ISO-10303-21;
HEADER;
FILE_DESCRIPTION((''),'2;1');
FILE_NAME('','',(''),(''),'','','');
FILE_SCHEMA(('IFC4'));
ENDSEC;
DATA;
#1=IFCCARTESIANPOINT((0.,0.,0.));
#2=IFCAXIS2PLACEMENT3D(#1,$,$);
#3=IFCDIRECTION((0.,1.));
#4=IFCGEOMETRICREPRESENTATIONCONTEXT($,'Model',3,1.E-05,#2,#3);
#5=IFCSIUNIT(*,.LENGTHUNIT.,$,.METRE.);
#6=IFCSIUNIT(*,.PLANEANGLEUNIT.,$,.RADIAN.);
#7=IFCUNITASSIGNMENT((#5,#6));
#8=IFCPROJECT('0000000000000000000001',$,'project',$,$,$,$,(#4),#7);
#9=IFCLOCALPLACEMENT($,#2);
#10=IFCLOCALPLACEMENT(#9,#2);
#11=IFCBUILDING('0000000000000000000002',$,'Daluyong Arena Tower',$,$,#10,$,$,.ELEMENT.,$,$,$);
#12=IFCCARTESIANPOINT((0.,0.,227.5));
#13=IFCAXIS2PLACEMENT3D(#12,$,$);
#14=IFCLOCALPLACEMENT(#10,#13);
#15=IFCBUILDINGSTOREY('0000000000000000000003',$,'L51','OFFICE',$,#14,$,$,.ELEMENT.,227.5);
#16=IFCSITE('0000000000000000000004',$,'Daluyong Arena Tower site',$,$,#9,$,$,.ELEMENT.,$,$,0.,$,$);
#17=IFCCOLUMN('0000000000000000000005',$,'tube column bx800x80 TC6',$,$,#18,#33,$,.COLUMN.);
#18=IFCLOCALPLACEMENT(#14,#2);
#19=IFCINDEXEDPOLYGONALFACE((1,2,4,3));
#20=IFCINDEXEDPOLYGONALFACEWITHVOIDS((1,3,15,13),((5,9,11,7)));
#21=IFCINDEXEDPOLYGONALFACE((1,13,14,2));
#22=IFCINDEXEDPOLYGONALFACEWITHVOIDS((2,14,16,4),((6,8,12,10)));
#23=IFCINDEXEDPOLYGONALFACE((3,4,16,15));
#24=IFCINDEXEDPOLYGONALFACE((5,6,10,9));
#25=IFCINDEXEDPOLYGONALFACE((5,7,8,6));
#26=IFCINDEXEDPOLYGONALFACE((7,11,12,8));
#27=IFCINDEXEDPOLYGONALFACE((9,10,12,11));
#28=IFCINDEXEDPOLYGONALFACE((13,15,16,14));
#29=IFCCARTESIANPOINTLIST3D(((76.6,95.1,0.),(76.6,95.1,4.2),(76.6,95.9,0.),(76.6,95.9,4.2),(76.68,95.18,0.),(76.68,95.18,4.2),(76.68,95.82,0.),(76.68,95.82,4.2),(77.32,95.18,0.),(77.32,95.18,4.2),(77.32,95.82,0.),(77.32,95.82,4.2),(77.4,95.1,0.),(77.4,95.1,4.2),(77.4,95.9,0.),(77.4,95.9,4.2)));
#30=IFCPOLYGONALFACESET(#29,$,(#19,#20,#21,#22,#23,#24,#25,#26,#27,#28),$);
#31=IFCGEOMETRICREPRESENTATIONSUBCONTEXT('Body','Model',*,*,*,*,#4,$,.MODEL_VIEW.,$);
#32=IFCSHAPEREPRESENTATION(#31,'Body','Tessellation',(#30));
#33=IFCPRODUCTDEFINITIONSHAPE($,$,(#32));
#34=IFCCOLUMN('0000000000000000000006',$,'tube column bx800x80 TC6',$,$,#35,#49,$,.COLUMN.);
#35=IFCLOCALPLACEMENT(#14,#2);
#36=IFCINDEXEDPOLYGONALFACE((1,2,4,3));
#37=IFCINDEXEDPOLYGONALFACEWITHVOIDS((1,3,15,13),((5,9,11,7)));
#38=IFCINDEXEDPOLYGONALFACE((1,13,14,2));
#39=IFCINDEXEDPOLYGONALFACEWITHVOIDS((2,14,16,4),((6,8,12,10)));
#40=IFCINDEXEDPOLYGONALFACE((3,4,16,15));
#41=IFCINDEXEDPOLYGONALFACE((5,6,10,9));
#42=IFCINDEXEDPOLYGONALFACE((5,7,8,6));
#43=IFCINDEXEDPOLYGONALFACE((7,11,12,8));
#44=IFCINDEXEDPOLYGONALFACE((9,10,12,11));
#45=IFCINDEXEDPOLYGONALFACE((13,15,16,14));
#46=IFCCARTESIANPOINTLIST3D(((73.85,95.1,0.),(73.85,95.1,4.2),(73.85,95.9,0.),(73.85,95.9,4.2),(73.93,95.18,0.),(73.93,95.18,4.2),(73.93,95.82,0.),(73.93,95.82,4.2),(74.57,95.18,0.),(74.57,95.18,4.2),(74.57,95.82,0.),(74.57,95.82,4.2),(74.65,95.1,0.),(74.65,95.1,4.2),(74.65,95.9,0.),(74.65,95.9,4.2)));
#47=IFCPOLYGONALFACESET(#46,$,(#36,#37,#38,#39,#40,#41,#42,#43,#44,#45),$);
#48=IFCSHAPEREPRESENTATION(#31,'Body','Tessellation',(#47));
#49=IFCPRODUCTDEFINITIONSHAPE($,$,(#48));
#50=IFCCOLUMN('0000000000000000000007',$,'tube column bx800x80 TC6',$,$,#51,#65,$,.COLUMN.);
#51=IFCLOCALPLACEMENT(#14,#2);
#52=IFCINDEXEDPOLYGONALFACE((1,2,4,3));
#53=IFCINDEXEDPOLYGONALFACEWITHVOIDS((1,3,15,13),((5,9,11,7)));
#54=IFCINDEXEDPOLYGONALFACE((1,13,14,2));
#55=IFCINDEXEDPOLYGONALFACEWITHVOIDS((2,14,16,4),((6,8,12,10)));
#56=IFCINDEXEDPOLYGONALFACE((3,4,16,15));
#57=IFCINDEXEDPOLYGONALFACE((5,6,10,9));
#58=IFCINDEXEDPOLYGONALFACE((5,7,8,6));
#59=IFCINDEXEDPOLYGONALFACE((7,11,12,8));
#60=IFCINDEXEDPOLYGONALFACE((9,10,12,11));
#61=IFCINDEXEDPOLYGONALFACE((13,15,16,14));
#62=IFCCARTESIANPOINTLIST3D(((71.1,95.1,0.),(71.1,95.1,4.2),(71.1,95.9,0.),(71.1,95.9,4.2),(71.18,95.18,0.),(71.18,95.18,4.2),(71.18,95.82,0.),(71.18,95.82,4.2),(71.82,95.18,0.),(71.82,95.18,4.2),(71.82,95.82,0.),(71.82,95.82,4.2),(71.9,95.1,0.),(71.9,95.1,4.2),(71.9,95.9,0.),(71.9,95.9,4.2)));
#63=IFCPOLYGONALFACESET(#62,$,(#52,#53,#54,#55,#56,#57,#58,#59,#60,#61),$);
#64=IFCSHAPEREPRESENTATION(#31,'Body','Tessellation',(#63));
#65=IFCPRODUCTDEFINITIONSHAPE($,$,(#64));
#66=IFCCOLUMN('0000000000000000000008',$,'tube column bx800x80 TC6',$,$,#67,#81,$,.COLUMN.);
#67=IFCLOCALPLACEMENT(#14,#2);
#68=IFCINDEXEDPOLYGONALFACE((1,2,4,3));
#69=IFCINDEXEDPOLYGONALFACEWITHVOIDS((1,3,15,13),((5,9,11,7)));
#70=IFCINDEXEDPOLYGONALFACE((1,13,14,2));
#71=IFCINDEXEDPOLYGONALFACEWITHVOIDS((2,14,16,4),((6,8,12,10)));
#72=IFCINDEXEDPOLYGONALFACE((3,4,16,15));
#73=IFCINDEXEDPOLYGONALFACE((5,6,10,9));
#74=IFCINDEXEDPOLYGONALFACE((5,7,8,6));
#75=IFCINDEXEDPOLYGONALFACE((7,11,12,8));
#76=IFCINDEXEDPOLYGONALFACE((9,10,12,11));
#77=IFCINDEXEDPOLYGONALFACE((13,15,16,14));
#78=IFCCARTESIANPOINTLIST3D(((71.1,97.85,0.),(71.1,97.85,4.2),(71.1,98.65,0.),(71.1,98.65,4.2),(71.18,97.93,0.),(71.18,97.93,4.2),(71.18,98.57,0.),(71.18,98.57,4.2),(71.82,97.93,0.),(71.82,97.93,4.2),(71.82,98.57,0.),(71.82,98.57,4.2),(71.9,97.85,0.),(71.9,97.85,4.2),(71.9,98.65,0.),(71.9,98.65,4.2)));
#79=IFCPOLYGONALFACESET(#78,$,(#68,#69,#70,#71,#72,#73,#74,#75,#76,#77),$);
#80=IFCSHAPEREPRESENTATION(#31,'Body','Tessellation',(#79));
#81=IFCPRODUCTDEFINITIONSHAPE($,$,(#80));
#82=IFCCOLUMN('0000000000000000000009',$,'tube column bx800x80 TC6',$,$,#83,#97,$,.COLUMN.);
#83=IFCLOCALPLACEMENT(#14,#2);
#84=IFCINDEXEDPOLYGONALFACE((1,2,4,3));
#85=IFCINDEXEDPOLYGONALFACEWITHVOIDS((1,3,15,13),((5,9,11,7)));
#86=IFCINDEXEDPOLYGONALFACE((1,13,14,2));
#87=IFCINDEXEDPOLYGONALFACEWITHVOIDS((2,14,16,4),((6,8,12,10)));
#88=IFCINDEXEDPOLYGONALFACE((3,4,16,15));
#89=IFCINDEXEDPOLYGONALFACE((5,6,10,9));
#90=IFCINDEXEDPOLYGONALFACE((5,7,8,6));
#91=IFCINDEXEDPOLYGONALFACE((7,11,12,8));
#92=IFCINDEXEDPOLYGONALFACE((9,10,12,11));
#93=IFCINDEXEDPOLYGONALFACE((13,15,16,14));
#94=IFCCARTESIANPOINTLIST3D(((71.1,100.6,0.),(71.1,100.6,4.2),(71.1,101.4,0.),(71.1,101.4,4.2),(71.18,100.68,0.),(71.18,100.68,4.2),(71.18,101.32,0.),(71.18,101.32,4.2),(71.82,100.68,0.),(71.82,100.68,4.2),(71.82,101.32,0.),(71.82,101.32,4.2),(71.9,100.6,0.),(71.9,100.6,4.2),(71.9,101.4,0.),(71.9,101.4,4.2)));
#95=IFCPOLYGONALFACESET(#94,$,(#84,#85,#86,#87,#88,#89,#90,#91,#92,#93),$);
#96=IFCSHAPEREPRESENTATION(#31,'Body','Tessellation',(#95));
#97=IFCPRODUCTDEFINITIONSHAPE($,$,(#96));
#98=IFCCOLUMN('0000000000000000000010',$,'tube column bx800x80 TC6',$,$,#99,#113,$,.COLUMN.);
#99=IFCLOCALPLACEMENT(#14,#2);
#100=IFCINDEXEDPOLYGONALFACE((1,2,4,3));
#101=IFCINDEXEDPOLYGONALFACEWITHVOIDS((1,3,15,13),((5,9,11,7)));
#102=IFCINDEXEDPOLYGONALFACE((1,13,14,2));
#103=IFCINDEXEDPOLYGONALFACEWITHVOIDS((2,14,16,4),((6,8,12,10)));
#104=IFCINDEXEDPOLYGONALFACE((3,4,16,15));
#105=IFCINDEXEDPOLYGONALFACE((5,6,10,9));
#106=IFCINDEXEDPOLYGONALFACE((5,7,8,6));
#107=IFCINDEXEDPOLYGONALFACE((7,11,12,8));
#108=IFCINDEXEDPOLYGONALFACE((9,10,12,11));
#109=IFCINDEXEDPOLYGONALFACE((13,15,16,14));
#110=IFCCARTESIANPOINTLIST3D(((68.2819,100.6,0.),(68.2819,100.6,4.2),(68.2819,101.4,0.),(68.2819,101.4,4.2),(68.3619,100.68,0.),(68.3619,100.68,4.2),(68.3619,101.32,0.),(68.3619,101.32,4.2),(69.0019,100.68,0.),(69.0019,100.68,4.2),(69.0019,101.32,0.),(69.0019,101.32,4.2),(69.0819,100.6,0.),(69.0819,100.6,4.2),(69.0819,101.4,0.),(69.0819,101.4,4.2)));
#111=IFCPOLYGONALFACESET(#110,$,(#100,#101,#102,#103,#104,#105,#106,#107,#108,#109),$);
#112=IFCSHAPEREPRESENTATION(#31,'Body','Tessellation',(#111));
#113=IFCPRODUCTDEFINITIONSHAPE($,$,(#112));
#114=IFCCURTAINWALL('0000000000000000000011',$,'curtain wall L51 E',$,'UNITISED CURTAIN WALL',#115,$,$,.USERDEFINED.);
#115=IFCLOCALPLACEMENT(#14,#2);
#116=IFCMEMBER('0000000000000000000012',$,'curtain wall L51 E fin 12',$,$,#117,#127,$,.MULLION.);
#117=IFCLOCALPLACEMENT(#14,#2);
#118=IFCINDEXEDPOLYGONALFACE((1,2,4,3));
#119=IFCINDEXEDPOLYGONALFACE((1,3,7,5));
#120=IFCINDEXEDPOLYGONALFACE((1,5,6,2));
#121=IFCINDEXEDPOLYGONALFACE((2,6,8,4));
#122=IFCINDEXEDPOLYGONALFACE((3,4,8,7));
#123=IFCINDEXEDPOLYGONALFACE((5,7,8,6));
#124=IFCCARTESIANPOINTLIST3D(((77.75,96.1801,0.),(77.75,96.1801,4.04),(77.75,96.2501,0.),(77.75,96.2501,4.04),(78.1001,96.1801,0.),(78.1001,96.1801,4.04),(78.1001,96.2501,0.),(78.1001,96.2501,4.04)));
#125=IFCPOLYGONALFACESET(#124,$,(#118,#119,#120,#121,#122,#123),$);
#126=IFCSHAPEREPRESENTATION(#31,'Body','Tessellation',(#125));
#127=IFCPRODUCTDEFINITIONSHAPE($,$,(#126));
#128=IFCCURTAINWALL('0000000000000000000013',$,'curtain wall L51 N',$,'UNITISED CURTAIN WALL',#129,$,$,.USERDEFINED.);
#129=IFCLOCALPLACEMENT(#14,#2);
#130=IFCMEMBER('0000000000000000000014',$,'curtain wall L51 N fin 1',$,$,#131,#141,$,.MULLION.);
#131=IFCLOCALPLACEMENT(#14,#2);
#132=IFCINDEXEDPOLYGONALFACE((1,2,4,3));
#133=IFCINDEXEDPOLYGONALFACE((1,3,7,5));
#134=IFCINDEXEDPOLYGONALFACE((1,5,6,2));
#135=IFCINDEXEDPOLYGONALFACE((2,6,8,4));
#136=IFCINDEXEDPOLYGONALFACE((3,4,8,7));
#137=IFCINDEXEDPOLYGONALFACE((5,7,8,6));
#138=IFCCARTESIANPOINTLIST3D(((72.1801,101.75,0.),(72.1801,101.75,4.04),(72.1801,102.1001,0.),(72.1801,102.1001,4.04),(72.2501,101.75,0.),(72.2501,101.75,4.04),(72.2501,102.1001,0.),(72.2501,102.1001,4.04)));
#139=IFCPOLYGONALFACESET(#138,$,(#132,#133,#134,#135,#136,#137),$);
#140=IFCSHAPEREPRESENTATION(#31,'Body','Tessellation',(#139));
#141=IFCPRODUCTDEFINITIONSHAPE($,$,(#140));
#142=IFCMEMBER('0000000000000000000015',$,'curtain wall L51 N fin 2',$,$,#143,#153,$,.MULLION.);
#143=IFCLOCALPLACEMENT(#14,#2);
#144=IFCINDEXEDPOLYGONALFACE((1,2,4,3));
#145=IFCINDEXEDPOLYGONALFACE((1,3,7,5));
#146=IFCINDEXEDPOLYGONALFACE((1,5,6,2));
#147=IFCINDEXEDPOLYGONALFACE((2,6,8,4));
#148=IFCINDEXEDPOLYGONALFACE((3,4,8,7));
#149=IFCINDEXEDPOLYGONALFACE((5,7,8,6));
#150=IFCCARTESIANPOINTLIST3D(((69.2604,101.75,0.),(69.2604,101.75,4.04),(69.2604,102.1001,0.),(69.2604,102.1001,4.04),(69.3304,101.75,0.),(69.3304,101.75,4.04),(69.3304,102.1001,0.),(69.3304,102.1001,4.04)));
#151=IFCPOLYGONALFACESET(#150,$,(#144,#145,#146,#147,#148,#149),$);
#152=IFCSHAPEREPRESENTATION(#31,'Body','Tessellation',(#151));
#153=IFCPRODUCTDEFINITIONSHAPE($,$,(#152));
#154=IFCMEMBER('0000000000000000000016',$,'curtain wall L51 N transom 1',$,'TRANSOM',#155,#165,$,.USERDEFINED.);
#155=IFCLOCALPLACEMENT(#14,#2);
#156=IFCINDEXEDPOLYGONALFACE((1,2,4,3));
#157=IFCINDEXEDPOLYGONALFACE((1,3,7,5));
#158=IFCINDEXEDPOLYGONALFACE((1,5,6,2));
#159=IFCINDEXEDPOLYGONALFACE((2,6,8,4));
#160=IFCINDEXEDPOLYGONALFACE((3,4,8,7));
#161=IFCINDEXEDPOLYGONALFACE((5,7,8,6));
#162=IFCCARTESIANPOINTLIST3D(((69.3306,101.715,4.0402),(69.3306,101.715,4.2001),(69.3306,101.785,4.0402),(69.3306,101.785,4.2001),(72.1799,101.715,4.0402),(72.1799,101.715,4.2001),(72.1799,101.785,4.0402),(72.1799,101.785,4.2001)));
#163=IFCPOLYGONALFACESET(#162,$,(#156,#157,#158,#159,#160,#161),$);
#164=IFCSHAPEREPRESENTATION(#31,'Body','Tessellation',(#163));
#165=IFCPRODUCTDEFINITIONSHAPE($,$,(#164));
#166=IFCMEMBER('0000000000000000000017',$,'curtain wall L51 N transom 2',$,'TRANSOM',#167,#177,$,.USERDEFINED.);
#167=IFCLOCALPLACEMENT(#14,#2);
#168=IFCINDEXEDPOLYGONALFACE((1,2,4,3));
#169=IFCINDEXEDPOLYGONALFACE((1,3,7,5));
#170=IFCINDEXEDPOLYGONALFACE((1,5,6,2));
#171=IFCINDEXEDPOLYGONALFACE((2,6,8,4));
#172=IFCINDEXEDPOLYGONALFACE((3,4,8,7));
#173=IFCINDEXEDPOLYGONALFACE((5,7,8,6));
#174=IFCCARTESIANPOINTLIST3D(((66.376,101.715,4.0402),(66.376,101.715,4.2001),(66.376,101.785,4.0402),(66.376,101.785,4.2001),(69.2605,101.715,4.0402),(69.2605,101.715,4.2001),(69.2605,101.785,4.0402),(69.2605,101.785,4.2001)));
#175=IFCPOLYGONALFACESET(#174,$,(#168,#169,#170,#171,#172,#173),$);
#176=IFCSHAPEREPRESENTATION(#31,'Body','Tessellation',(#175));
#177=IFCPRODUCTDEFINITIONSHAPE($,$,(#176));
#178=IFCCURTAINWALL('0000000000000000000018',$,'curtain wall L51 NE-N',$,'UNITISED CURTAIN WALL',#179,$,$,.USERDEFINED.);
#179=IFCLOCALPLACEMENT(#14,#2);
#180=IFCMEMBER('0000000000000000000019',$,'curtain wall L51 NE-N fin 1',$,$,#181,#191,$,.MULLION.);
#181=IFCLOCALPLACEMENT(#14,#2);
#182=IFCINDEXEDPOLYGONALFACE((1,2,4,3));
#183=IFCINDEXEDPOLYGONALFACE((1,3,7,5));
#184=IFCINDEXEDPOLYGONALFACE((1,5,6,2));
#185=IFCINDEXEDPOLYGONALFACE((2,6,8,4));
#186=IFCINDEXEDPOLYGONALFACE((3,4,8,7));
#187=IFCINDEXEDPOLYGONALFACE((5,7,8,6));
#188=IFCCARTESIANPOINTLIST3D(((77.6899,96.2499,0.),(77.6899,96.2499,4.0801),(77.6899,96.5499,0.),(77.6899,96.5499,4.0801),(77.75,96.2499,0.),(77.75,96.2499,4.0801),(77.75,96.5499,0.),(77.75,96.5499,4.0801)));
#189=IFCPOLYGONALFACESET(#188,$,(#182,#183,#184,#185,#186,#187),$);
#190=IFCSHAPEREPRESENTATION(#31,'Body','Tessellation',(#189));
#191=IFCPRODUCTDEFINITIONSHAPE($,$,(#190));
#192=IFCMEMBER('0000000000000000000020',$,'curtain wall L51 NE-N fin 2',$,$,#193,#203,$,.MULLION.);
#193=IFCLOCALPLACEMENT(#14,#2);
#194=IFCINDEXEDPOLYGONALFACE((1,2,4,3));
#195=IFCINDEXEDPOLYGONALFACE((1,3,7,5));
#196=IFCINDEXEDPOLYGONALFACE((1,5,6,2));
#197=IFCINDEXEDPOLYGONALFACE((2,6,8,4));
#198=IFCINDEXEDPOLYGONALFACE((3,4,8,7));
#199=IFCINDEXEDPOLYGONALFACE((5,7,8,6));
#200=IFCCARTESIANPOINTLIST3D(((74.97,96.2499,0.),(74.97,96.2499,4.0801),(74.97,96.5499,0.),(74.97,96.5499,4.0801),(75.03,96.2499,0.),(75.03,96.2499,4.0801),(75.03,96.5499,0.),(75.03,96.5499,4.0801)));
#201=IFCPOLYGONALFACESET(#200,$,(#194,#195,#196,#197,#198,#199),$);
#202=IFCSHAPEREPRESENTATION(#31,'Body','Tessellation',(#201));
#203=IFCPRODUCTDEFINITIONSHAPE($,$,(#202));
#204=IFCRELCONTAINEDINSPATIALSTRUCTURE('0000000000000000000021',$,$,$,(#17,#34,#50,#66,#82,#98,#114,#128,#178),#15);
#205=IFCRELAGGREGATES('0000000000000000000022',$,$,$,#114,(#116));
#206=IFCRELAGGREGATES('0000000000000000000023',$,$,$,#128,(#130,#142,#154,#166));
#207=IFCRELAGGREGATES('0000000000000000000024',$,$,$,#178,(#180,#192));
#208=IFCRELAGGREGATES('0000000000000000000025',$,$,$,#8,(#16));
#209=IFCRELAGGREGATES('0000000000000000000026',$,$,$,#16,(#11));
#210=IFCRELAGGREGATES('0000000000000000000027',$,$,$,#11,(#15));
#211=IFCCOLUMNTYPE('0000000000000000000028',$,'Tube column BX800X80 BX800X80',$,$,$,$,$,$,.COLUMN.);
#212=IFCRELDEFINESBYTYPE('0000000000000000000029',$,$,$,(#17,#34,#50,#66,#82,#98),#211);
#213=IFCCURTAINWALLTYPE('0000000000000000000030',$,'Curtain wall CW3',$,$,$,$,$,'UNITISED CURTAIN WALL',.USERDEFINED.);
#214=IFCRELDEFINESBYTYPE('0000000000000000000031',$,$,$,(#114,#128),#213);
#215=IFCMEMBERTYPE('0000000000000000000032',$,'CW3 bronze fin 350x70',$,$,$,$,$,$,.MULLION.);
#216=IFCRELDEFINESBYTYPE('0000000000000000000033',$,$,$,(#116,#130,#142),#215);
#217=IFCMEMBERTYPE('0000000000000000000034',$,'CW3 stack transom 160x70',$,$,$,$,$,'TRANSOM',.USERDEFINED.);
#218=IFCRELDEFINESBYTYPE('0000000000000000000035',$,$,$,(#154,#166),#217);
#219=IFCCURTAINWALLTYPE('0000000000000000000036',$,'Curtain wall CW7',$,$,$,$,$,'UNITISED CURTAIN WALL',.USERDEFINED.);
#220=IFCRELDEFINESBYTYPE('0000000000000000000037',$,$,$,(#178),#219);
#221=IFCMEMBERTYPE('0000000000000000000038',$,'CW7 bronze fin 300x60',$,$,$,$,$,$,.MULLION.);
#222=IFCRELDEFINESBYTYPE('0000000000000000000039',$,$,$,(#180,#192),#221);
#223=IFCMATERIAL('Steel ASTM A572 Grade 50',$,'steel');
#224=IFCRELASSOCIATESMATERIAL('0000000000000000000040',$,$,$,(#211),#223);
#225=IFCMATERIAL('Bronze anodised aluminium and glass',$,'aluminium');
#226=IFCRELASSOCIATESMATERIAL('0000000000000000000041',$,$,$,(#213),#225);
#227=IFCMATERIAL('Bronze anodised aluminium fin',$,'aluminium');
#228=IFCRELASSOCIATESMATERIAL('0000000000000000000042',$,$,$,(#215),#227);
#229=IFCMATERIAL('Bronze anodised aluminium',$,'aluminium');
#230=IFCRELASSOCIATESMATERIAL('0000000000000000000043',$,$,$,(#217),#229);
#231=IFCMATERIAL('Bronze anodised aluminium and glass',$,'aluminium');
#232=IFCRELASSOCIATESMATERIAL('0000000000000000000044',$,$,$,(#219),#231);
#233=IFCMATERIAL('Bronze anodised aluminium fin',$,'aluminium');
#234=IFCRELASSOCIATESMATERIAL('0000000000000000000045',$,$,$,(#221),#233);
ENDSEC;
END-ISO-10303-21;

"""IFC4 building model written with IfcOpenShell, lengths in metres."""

from ifc_helpers import new_model, si_unit, direction, frame, origin, origin_2d, place, context, subcontext, project, spatial, rectangle, hollow_rectangle, extrude, material, material_profile, profile_set, type_object, element, aggregate, save


model = new_model("IFC4")

# Units and contexts
model_context = context("Model", 3, precision=1e-05, world=origin(), true_north=direction((0.0, 1.0)))
body_context = subcontext(model_context, "Body", "Model", "MODEL_VIEW")
ifc_project = project(units=[si_unit("LENGTHUNIT", "METRE"), si_unit("PLANEANGLEUNIT", "RADIAN")], contexts=[model_context])

# Site, building, storey
site_placement = place(None, origin())
site = spatial("IfcSite", under=ifc_project, at=site_placement, Name="Daluyong Arena Tower site", CompositionType="ELEMENT", RefElevation=0.0)
building_placement = place(site_placement, origin())
building = spatial("IfcBuilding", under=site, at=building_placement, Name="Daluyong Arena Tower", CompositionType="ELEMENT")
storey_placement = place(building_placement, frame((0.0, 0.0, 227.5)))
storey = spatial("IfcBuildingStorey", under=building, at=storey_placement, Name="L51", Description="OFFICE", CompositionType="ELEMENT", Elevation=227.5)

# Columns
ifc_material_1 = material(Name="Steel ASTM A572 Grade 50", Category="steel")
ifc_material_profile_1 = material_profile(ifc_material_1, hollow_rectangle(XDim=0.8, YDim=0.8, WallThickness=0.08, at=origin_2d()))
ifc_profile_set_1 = profile_set([ifc_material_profile_1], Name="Steel ASTM A572 Grade 50")
column_type = type_object("IfcColumnType", Name="Tube column BX800X80 BX800X80", PredefinedType="COLUMN", material=ifc_profile_set_1)
for number, where, z_axis, x_axis, name in (
    (1, (77.0, 95.5, 0.0), (0.0, 0.0, 1.0), (1.0, 0.0, 0.0), "tube column bx800x80 TC6"),
    (2, (74.25, 95.5, 0.0), (0.0, 0.0, 1.0), (1.0, 0.0, 0.0), "tube column bx800x80 TC6"),
    (3, (71.5, 95.5, 0.0), (0.0, 0.0, 1.0), (0.0, 1.0, 0.0), "tube column bx800x80 TC6"),
    (4, (71.5, 98.25, 0.0), (0.0, 0.0, 1.0), (0.0, 1.0, 0.0), "tube column bx800x80 TC6"),
    (5, (71.5, 101.0, 0.0), (0.0, 0.0, 1.0), (1.0, 0.0, 0.0), "tube column bx800x80 TC6"),
    (6, (68.6819, 101.0, 0.0), (0.0, 0.0, 1.0), (1.0, 0.0, 0.0), "tube column bx800x80 TC6"),
):
    element("IfcColumn", number, at=place(storey_placement, frame(where, z_axis=z_axis, x_axis=x_axis)), inside=storey, type_object=column_type, Name=name, PredefinedType="COLUMN", context=body_context, shape_type="SweptSolid", body=[
        extrude(hollow_rectangle(XDim=0.8, YDim=0.8, WallThickness=0.08, at=origin_2d()), origin(), (0.0, 0.0, 1.0), 4.2),
    ])

# Curtain wall, member
ifc_material_2 = material(Name="Bronze anodised aluminium and glass", Category="aluminium")
curtain_wall_type_1 = type_object("IfcCurtainWallType", Name="Curtain wall CW3", ElementType="UNITISED CURTAIN WALL", PredefinedType="USERDEFINED", material=ifc_material_2)
curtain_wall_1_placement = place(storey_placement, origin())
curtain_wall_1 = element("IfcCurtainWall", 7, at=curtain_wall_1_placement, inside=storey, type_object=curtain_wall_type_1, Name="curtain wall L51 E", ObjectType="UNITISED CURTAIN WALL", PredefinedType="USERDEFINED")
ifc_material_3 = material(Name="Bronze anodised aluminium fin", Category="aluminium")
ifc_material_profile_2 = material_profile(ifc_material_3, rectangle(XDim=0.3501, YDim=0.0701, at=origin_2d()))
ifc_profile_set_2 = profile_set([ifc_material_profile_2], Name="Bronze anodised aluminium fin")
member_type_1 = type_object("IfcMemberType", Name="CW3 bronze fin 350x70", PredefinedType="MULLION", material=ifc_profile_set_2)
member_1_placement = place(storey_placement, frame((77.925, 96.2151, 0.0), z_axis=(0.0, 0.0, 1.0), x_axis=(-1.0, 0.0, 0.0)))
member_1 = element("IfcMember", 8, at=member_1_placement, type_object=member_type_1, Name="curtain wall L51 E fin 12", PredefinedType="MULLION", context=body_context, shape_type="SweptSolid", body=[
    extrude(rectangle(XDim=0.3501, YDim=0.0701, at=origin_2d()), origin(), (0.0, 0.0, 1.0), 4.04),
])
aggregate(curtain_wall_1, [member_1])

# Curtain walls, members
curtain_wall_2_placement = place(storey_placement, origin())
curtain_wall_2 = element("IfcCurtainWall", 9, at=curtain_wall_2_placement, inside=storey, type_object=curtain_wall_type_1, Name="curtain wall L51 N", ObjectType="UNITISED CURTAIN WALL", PredefinedType="USERDEFINED")
member_2_placement = place(storey_placement, frame((72.2151, 101.925, 0.0), z_axis=(0.0, 0.0, 1.0), x_axis=(0.0, -1.0, 0.0)))
member_2 = element("IfcMember", 10, at=member_2_placement, type_object=member_type_1, Name="curtain wall L51 N fin 1", PredefinedType="MULLION", context=body_context, shape_type="SweptSolid", body=[
    extrude(rectangle(XDim=0.3501, YDim=0.0701, at=origin_2d()), origin(), (0.0, 0.0, 1.0), 4.04),
])
member_3_placement = place(storey_placement, frame((69.2954, 101.925, 0.0), z_axis=(0.0, 0.0, 1.0), x_axis=(0.0, -1.0, 0.0)))
member_3 = element("IfcMember", 11, at=member_3_placement, type_object=member_type_1, Name="curtain wall L51 N fin 2", PredefinedType="MULLION", context=body_context, shape_type="SweptSolid", body=[
    extrude(rectangle(XDim=0.3501, YDim=0.0701, at=origin_2d()), origin(), (0.0, 0.0, 1.0), 4.04),
])
ifc_material_4 = material(Name="Bronze anodised aluminium", Category="aluminium")
ifc_material_profile_3 = material_profile(ifc_material_4, rectangle(XDim=0.0701, YDim=0.1599, at=origin_2d()))
ifc_profile_set_3 = profile_set([ifc_material_profile_3], Name="Bronze anodised aluminium")
member_type_2 = type_object("IfcMemberType", Name="CW3 stack transom 160x70", ElementType="TRANSOM", PredefinedType="USERDEFINED", material=ifc_profile_set_3)
member_4_placement = place(storey_placement, frame((72.1799, 101.75, 4.1201), z_axis=(-1.0, 0.0, 0.0), x_axis=(0.0, -1.0, 0.0)))
member_4 = element("IfcMember", 12, at=member_4_placement, type_object=member_type_2, Name="curtain wall L51 N transom 1", ObjectType="TRANSOM", PredefinedType="USERDEFINED", context=body_context, shape_type="SweptSolid", body=[
    extrude(rectangle(XDim=0.0701, YDim=0.1599, at=origin_2d()), origin(), (0.0, 0.0, 1.0), 2.8494),
])
member_5_placement = place(storey_placement, frame((69.2605, 101.75, 4.1201), z_axis=(-1.0, 0.0, 0.0), x_axis=(0.0, -1.0, 0.0)))
member_5 = element("IfcMember", 13, at=member_5_placement, type_object=member_type_2, Name="curtain wall L51 N transom 2", ObjectType="TRANSOM", PredefinedType="USERDEFINED", context=body_context, shape_type="SweptSolid", body=[
    extrude(rectangle(XDim=0.0701, YDim=0.1599, at=origin_2d()), origin(), (0.0, 0.0, 1.0), 2.8845),
])
ifc_material_5 = material(Name="Bronze anodised aluminium and glass", Category="aluminium")
curtain_wall_type_2 = type_object("IfcCurtainWallType", Name="Curtain wall CW7", ElementType="UNITISED CURTAIN WALL", PredefinedType="USERDEFINED", material=ifc_material_5)
curtain_wall_3_placement = place(storey_placement, origin())
curtain_wall_3 = element("IfcCurtainWall", 14, at=curtain_wall_3_placement, inside=storey, type_object=curtain_wall_type_2, Name="curtain wall L51 NE-N", ObjectType="UNITISED CURTAIN WALL", PredefinedType="USERDEFINED")
ifc_material_6 = material(Name="Bronze anodised aluminium fin", Category="aluminium")
ifc_material_profile_4 = material_profile(ifc_material_6, rectangle(XDim=0.3, YDim=0.0601, at=origin_2d()))
ifc_profile_set_4 = profile_set([ifc_material_profile_4], Name="Bronze anodised aluminium fin")
member_type_3 = type_object("IfcMemberType", Name="CW7 bronze fin 300x60", PredefinedType="MULLION", material=ifc_profile_set_4)
member_6_placement = place(storey_placement, frame((77.72, 96.3999, 0.0), z_axis=(0.0, 0.0, 1.0), x_axis=(0.0, -1.0, 0.0)))
member_6 = element("IfcMember", 15, at=member_6_placement, type_object=member_type_3, Name="curtain wall L51 NE-N fin 1", PredefinedType="MULLION", context=body_context, shape_type="SweptSolid", body=[
    extrude(rectangle(XDim=0.3, YDim=0.0601, at=origin_2d()), origin(), (0.0, 0.0, 1.0), 4.0801),
])
member_7_placement = place(storey_placement, frame((75.0, 96.3999, 0.0), z_axis=(0.0, 0.0, 1.0), x_axis=(0.0, -1.0, 0.0)))
member_7 = element("IfcMember", 16, at=member_7_placement, type_object=member_type_3, Name="curtain wall L51 NE-N fin 2", PredefinedType="MULLION", context=body_context, shape_type="SweptSolid", body=[
    extrude(rectangle(XDim=0.3, YDim=0.0601, at=origin_2d()), origin(), (0.0, 0.0, 1.0), 4.0801),
])

aggregate(curtain_wall_2, [member_2, member_3, member_4, member_5])
aggregate(curtain_wall_3, [member_6, member_7])

save(model, "model.ifc")
